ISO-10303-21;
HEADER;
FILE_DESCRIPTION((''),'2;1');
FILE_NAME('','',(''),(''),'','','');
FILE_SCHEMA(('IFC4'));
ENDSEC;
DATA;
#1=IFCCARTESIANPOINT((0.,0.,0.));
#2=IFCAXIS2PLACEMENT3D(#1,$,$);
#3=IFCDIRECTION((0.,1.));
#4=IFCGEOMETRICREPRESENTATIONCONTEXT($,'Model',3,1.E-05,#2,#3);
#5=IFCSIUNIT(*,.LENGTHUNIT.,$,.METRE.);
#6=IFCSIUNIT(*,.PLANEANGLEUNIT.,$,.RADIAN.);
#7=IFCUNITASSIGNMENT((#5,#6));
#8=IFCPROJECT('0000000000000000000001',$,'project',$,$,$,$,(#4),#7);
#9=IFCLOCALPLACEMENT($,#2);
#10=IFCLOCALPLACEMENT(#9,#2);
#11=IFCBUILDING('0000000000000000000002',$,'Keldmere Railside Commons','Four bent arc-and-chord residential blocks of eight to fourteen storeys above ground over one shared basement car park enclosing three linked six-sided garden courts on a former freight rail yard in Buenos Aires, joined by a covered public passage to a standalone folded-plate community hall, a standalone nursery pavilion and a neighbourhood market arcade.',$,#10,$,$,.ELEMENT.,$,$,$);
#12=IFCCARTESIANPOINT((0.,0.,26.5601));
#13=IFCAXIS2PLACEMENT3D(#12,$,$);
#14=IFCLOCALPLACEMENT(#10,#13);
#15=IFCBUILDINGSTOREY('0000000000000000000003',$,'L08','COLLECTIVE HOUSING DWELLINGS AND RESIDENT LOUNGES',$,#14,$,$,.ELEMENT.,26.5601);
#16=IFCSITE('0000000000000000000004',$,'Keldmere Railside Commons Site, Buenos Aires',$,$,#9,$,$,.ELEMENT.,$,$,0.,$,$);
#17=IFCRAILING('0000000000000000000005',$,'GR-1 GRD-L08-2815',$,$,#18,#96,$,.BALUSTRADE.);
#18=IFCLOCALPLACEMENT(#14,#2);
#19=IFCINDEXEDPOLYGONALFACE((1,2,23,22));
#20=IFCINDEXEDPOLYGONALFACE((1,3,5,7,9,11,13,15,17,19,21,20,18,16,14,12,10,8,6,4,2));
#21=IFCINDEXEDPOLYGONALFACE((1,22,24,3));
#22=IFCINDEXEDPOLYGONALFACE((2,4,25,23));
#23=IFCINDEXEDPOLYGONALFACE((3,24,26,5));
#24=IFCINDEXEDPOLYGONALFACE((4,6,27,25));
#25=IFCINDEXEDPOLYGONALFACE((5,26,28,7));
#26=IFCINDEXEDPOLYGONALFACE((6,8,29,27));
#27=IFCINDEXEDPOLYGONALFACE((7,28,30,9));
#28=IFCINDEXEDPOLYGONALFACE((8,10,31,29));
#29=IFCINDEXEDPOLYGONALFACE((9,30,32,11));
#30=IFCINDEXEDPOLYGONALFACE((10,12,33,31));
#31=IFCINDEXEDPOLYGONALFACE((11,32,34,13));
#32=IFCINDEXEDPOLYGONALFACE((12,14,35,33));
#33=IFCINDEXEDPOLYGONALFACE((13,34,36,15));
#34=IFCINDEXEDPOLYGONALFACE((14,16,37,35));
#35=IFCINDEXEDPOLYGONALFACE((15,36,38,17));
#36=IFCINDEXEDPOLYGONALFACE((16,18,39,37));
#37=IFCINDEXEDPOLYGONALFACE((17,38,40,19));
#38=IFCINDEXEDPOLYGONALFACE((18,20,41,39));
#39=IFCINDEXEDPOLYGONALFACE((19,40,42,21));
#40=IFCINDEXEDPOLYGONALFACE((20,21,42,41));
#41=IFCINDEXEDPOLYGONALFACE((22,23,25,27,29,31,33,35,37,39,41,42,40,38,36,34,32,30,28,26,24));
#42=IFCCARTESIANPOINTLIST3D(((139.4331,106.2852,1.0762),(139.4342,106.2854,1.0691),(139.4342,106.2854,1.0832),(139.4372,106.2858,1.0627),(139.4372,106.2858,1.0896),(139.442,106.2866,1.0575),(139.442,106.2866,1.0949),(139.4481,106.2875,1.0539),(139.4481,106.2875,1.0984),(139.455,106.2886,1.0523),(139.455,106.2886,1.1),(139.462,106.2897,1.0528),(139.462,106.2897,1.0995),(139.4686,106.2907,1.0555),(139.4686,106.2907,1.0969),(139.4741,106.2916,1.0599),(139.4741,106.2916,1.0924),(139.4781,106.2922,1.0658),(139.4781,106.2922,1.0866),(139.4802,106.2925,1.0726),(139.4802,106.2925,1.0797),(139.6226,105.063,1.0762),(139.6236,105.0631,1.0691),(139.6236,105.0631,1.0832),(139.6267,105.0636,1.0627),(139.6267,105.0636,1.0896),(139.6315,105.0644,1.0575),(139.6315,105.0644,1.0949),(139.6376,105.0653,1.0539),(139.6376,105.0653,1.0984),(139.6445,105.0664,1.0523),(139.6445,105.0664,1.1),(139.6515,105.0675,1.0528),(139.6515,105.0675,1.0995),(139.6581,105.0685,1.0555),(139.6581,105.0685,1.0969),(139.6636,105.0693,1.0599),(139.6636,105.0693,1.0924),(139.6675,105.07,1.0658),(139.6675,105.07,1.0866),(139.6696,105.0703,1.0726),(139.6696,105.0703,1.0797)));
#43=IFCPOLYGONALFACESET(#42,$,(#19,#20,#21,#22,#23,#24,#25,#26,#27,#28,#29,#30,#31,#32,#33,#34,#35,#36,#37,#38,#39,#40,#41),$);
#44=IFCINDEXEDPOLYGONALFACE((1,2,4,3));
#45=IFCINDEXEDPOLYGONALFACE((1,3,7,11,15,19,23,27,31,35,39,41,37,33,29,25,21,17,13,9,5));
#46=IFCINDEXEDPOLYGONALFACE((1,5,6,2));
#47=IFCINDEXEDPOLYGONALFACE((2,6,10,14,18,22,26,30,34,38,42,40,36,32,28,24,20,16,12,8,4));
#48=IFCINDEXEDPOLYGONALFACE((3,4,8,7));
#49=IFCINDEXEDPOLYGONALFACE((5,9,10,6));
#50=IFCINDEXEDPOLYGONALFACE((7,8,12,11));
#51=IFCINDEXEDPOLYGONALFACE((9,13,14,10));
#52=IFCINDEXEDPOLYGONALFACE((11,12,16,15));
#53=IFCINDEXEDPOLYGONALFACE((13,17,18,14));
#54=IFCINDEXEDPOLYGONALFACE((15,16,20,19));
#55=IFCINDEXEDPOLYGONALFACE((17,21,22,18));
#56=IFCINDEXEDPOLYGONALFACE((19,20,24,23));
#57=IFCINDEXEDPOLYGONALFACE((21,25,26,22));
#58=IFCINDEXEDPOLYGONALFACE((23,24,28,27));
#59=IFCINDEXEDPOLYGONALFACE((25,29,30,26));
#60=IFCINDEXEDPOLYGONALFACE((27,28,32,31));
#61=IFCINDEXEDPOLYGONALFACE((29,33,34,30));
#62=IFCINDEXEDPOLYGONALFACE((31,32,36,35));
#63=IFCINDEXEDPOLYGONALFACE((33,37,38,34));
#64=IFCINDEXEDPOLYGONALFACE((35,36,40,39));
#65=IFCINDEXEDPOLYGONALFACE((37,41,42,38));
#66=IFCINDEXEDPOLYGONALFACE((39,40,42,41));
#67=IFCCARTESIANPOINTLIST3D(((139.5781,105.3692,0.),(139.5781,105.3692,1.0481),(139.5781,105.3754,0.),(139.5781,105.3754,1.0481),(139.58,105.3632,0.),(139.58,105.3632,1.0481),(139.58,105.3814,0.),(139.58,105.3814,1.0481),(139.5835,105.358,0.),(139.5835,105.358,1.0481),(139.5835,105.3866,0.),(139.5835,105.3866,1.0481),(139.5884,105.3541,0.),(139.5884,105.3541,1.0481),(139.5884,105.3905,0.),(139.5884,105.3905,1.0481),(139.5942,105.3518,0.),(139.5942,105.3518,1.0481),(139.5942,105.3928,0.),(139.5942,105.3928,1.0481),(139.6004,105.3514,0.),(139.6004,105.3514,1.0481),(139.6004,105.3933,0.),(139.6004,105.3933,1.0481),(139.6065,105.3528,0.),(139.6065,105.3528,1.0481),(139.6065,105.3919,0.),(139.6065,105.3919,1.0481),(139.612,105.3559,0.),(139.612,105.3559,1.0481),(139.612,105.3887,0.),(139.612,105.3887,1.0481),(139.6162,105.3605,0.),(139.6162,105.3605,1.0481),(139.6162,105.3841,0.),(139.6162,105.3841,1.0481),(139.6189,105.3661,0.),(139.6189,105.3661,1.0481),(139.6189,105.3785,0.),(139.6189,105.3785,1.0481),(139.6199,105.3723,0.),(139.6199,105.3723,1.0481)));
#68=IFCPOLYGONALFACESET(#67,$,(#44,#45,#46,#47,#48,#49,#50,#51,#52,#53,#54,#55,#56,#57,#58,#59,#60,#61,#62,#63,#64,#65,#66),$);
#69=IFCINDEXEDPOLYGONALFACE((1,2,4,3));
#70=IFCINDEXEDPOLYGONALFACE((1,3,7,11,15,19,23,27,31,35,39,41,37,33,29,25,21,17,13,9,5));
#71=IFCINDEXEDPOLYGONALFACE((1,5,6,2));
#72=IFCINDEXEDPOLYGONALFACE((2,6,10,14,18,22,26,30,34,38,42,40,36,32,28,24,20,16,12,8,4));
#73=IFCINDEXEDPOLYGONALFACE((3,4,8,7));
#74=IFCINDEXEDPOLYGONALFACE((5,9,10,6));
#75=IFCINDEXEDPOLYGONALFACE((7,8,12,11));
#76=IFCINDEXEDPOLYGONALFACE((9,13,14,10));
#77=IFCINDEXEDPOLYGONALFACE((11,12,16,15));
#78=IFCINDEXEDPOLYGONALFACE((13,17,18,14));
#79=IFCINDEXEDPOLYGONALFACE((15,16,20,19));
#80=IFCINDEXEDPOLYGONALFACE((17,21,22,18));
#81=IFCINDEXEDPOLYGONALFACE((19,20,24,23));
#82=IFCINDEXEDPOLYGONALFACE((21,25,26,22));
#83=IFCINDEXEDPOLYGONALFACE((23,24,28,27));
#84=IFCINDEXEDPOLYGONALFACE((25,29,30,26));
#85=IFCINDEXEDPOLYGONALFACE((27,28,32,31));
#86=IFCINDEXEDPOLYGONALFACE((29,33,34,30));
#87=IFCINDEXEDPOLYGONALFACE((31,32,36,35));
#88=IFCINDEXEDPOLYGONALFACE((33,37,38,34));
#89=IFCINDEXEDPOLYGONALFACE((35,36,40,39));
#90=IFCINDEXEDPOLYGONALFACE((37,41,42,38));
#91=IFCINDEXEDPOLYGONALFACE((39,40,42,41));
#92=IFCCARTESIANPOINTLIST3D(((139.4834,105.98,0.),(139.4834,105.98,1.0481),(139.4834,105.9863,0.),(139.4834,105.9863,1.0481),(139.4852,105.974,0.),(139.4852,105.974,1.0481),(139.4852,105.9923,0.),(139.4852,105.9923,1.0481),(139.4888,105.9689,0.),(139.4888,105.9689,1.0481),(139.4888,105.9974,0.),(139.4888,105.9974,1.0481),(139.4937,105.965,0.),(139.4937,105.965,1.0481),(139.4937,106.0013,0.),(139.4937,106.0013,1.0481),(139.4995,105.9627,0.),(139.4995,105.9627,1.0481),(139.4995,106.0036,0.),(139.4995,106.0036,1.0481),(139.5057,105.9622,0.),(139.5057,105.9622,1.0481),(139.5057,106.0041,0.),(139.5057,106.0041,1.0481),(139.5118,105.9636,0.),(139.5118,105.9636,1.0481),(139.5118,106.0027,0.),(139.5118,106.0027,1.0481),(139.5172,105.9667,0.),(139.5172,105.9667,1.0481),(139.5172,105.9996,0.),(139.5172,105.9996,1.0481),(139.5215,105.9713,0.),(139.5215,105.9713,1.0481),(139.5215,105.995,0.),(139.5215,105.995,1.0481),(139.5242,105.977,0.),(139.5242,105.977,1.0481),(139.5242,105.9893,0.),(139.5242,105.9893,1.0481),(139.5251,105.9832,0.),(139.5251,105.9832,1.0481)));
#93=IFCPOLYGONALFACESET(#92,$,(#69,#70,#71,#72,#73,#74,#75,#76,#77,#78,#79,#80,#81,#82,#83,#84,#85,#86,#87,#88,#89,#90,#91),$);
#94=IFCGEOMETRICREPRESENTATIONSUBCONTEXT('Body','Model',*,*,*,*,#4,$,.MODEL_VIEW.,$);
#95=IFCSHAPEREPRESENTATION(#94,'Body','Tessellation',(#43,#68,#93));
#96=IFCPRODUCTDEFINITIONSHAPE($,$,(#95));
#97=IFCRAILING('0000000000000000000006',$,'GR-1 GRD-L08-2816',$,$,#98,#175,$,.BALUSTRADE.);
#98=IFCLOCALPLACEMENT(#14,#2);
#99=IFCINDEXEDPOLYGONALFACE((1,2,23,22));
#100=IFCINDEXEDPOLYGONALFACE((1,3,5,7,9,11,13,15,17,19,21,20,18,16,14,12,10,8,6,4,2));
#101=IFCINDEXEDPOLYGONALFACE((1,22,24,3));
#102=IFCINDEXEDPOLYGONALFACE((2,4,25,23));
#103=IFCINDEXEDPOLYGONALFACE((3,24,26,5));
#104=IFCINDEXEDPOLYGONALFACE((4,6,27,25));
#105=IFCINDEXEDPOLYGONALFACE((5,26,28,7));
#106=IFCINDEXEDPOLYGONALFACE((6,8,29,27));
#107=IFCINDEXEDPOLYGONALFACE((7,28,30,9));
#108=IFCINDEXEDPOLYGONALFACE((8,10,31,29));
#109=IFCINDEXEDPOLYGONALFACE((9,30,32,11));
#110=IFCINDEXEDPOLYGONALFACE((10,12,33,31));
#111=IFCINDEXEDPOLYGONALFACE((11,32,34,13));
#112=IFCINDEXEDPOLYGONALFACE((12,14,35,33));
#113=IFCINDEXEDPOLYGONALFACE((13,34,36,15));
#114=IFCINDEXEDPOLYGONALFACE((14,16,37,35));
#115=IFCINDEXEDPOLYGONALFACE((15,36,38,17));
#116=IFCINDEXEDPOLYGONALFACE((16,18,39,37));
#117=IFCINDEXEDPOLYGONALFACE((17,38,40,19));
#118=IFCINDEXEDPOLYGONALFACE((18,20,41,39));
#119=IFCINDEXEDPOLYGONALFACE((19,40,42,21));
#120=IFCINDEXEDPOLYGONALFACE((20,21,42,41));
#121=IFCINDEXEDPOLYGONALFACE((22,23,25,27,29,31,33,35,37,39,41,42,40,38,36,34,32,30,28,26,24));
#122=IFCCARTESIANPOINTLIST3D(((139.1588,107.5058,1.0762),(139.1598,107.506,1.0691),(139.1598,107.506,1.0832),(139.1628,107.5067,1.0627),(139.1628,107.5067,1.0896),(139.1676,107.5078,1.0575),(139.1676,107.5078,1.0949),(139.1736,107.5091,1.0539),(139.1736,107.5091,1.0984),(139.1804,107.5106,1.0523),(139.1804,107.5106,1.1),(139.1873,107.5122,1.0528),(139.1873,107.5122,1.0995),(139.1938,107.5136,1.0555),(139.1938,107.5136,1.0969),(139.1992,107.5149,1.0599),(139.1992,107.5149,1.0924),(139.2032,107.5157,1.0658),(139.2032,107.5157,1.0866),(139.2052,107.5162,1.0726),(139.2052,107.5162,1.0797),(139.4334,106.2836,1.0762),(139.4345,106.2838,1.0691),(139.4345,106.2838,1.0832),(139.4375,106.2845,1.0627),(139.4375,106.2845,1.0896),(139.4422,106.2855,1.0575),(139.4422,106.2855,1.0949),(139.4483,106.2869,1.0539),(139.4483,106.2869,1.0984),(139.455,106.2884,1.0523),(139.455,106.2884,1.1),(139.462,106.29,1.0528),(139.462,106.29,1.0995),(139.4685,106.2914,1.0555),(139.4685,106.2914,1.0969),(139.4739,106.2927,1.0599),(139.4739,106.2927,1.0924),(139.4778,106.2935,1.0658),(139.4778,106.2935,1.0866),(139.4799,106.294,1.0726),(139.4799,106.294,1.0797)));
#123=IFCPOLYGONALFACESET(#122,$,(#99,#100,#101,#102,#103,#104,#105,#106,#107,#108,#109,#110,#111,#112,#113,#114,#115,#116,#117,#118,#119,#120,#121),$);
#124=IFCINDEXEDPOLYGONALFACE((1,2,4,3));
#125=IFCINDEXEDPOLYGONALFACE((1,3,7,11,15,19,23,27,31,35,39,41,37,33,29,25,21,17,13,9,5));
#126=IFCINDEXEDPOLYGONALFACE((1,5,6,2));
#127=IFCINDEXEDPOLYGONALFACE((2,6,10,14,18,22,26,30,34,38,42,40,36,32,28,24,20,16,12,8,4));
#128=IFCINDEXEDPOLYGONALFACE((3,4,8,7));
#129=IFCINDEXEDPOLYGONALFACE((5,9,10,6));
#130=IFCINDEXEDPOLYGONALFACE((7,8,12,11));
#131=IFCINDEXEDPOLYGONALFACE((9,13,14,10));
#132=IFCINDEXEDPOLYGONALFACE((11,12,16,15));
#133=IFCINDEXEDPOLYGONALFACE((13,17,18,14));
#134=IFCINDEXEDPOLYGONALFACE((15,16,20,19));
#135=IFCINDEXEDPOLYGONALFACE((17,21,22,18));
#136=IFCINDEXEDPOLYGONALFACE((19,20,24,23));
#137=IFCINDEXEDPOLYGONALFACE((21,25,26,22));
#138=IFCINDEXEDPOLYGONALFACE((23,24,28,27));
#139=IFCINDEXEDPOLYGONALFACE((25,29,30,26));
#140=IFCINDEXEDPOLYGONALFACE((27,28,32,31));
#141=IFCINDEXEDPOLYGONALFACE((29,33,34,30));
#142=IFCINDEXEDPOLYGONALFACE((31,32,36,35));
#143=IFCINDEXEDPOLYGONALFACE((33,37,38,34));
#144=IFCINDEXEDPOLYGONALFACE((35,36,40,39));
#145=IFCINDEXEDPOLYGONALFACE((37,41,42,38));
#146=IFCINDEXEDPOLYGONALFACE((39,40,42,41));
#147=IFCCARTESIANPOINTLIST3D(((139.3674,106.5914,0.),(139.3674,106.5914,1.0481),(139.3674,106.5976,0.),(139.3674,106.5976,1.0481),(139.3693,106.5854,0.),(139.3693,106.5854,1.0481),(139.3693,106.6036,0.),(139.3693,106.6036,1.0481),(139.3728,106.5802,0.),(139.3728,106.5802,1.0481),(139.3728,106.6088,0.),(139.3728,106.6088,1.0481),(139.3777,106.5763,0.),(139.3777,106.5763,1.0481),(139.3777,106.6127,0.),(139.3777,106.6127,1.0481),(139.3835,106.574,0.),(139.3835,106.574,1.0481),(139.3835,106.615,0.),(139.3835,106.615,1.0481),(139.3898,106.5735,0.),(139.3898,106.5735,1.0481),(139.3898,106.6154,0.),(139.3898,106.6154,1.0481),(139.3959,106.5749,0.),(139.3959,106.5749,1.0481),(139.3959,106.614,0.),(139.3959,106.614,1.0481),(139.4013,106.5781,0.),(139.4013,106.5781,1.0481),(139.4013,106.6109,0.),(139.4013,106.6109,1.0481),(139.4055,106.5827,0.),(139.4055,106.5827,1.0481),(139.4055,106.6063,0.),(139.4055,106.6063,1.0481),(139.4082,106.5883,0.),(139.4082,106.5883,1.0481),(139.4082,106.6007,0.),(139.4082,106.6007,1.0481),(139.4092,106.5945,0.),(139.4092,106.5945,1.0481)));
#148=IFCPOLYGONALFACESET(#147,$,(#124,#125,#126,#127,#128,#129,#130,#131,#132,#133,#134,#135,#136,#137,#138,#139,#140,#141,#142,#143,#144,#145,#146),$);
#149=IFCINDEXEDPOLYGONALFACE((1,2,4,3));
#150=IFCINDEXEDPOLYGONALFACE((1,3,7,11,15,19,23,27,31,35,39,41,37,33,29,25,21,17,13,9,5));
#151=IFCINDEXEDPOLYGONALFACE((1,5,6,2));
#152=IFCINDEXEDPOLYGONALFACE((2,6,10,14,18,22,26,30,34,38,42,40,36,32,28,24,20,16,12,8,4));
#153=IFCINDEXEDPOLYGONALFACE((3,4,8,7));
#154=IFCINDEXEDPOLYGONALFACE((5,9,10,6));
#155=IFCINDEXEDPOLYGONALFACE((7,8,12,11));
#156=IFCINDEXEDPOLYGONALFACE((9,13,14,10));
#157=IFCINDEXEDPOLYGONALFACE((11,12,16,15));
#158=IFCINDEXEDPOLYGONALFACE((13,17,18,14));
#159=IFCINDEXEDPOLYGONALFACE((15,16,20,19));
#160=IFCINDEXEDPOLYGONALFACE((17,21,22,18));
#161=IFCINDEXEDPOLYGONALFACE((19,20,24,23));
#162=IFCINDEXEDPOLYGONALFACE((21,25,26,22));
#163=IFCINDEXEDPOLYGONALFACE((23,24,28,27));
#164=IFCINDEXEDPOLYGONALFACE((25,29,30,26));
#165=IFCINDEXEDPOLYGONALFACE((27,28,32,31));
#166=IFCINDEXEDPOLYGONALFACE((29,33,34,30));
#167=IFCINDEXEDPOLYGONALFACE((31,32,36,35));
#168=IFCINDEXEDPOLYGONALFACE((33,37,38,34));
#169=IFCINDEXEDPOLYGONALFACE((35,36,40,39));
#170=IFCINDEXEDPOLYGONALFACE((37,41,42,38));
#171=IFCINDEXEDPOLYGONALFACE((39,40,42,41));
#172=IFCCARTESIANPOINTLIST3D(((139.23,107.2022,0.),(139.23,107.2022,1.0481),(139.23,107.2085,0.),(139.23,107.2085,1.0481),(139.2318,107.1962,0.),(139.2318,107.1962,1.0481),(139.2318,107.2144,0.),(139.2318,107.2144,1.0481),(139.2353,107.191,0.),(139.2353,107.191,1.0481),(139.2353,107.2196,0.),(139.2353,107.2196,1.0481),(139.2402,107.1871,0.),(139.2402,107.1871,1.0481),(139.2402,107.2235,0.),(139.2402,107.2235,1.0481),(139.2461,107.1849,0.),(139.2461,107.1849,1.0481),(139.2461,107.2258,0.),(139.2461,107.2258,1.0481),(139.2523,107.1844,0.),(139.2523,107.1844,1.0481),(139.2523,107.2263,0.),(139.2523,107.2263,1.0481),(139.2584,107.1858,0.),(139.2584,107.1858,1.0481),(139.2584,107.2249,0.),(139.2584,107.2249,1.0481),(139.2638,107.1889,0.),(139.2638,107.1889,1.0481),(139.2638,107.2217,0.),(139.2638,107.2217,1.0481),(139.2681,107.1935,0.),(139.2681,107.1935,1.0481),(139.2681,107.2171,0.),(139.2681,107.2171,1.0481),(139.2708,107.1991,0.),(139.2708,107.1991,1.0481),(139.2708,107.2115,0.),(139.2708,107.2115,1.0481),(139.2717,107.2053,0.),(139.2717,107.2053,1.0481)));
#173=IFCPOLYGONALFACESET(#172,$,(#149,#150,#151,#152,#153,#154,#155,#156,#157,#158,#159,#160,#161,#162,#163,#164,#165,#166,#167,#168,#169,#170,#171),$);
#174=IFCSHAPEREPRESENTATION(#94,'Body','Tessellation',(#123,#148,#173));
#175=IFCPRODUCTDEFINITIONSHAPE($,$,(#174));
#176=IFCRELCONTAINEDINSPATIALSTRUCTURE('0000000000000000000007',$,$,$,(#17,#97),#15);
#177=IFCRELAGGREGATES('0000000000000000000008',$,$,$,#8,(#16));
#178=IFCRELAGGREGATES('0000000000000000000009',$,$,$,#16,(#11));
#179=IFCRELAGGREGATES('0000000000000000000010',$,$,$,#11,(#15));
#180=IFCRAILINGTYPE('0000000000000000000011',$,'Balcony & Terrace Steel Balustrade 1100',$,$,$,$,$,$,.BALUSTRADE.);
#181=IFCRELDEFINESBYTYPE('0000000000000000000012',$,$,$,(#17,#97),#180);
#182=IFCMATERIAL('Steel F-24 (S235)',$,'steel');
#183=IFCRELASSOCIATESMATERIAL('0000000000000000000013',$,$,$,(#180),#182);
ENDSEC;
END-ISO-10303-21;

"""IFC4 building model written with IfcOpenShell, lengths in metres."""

from ifc_helpers import new_model, si_unit, direction, frame, origin, origin_2d, place, context, subcontext, project, spatial, circle, extrude, material, type_object, element, save


model = new_model("IFC4")

# Units and contexts
model_context = context("Model", 3, precision=1e-05, world=origin(), true_north=direction((0.0, 1.0)))
body_context = subcontext(model_context, "Body", "Model", "MODEL_VIEW")
ifc_project = project(units=[si_unit("LENGTHUNIT", "METRE"), si_unit("PLANEANGLEUNIT", "RADIAN")], contexts=[model_context])

# Site, building, storey
site_placement = place(None, origin())
site = spatial("IfcSite", under=ifc_project, at=site_placement, Name="Keldmere Railside Commons Site, Buenos Aires", CompositionType="ELEMENT", RefElevation=0.0)
building_placement = place(site_placement, origin())
building = spatial("IfcBuilding", under=site, at=building_placement, Name="Keldmere Railside Commons", Description="Four bent arc-and-chord residential blocks of eight to fourteen storeys above ground over one shared basement car park enclosing three linked six-sided garden courts on a former freight rail yard in Buenos Aires, joined by a covered public passage to a standalone folded-plate community hall, a standalone nursery pavilion and a neighbourhood market arcade.", CompositionType="ELEMENT")
storey_placement = place(building_placement, frame((0.0, 0.0, 26.5601)))
storey = spatial("IfcBuildingStorey", under=building, at=storey_placement, Name="L08", Description="COLLECTIVE HOUSING DWELLINGS AND RESIDENT LOUNGES", CompositionType="ELEMENT", Elevation=26.5601)

# Shared definitions
ifc_material_1 = material(Name="Steel F-24 (S235)", Category="steel")

# Railings
railing_type_1 = type_object("IfcRailingType", Name="Balcony & Terrace Steel Balustrade 1100", PredefinedType="BALUSTRADE", material=ifc_material_1)
railing_1_placement = place(storey_placement, frame((139.6462, 105.0667, 0.0)))
element("IfcRailing", 1, at=railing_1_placement, inside=storey, type_object=railing_type_1, Name="GR-1 GRD-L08-2815", PredefinedType="BALUSTRADE", context=body_context, shape_type="SweptSolid", body=[
    extrude(circle(Radius=0.0239, at=origin_2d()), frame((0.0, 0.0, 1.0762), z_axis=(-0.153184, 0.988198, 0.0), x_axis=(-0.988198, -0.153184, 0.0)), (0.0, 0.0, 1.0), 1.2368),
    extrude(circle(Radius=0.021, at=origin_2d()), frame((-0.0474, 0.3057, 0.0)), (0.0, 0.0, 1.0), 1.0481),
    extrude(circle(Radius=0.021, at=origin_2d()), frame((-0.1421, 0.9165, 0.0)), (0.0, 0.0, 1.0), 1.0481),
])
railing_2_placement = place(storey_placement, frame((139.4568, 106.2888, 0.0)))
element("IfcRailing", 2, at=railing_2_placement, inside=storey, type_object=railing_type_1, Name="GR-1 GRD-L08-2816", PredefinedType="BALUSTRADE", context=body_context, shape_type="SweptSolid", body=[
    extrude(circle(Radius=0.0239, at=origin_2d()), frame((0.0, 0.0, 1.0762), z_axis=(-0.219262, 0.975666, 0.0), x_axis=(-0.975666, -0.219262, 0.0)), (0.0, 0.0, 1.0), 1.2527),
    extrude(circle(Radius=0.021, at=origin_2d()), frame((-0.0686, 0.3057, 0.0)), (0.0, 0.0, 1.0), 1.0481),
    extrude(circle(Radius=0.021, at=origin_2d()), frame((-0.2061, 0.9165, 0.0)), (0.0, 0.0, 1.0), 1.0481),
])

save(model, "model.ifc")
